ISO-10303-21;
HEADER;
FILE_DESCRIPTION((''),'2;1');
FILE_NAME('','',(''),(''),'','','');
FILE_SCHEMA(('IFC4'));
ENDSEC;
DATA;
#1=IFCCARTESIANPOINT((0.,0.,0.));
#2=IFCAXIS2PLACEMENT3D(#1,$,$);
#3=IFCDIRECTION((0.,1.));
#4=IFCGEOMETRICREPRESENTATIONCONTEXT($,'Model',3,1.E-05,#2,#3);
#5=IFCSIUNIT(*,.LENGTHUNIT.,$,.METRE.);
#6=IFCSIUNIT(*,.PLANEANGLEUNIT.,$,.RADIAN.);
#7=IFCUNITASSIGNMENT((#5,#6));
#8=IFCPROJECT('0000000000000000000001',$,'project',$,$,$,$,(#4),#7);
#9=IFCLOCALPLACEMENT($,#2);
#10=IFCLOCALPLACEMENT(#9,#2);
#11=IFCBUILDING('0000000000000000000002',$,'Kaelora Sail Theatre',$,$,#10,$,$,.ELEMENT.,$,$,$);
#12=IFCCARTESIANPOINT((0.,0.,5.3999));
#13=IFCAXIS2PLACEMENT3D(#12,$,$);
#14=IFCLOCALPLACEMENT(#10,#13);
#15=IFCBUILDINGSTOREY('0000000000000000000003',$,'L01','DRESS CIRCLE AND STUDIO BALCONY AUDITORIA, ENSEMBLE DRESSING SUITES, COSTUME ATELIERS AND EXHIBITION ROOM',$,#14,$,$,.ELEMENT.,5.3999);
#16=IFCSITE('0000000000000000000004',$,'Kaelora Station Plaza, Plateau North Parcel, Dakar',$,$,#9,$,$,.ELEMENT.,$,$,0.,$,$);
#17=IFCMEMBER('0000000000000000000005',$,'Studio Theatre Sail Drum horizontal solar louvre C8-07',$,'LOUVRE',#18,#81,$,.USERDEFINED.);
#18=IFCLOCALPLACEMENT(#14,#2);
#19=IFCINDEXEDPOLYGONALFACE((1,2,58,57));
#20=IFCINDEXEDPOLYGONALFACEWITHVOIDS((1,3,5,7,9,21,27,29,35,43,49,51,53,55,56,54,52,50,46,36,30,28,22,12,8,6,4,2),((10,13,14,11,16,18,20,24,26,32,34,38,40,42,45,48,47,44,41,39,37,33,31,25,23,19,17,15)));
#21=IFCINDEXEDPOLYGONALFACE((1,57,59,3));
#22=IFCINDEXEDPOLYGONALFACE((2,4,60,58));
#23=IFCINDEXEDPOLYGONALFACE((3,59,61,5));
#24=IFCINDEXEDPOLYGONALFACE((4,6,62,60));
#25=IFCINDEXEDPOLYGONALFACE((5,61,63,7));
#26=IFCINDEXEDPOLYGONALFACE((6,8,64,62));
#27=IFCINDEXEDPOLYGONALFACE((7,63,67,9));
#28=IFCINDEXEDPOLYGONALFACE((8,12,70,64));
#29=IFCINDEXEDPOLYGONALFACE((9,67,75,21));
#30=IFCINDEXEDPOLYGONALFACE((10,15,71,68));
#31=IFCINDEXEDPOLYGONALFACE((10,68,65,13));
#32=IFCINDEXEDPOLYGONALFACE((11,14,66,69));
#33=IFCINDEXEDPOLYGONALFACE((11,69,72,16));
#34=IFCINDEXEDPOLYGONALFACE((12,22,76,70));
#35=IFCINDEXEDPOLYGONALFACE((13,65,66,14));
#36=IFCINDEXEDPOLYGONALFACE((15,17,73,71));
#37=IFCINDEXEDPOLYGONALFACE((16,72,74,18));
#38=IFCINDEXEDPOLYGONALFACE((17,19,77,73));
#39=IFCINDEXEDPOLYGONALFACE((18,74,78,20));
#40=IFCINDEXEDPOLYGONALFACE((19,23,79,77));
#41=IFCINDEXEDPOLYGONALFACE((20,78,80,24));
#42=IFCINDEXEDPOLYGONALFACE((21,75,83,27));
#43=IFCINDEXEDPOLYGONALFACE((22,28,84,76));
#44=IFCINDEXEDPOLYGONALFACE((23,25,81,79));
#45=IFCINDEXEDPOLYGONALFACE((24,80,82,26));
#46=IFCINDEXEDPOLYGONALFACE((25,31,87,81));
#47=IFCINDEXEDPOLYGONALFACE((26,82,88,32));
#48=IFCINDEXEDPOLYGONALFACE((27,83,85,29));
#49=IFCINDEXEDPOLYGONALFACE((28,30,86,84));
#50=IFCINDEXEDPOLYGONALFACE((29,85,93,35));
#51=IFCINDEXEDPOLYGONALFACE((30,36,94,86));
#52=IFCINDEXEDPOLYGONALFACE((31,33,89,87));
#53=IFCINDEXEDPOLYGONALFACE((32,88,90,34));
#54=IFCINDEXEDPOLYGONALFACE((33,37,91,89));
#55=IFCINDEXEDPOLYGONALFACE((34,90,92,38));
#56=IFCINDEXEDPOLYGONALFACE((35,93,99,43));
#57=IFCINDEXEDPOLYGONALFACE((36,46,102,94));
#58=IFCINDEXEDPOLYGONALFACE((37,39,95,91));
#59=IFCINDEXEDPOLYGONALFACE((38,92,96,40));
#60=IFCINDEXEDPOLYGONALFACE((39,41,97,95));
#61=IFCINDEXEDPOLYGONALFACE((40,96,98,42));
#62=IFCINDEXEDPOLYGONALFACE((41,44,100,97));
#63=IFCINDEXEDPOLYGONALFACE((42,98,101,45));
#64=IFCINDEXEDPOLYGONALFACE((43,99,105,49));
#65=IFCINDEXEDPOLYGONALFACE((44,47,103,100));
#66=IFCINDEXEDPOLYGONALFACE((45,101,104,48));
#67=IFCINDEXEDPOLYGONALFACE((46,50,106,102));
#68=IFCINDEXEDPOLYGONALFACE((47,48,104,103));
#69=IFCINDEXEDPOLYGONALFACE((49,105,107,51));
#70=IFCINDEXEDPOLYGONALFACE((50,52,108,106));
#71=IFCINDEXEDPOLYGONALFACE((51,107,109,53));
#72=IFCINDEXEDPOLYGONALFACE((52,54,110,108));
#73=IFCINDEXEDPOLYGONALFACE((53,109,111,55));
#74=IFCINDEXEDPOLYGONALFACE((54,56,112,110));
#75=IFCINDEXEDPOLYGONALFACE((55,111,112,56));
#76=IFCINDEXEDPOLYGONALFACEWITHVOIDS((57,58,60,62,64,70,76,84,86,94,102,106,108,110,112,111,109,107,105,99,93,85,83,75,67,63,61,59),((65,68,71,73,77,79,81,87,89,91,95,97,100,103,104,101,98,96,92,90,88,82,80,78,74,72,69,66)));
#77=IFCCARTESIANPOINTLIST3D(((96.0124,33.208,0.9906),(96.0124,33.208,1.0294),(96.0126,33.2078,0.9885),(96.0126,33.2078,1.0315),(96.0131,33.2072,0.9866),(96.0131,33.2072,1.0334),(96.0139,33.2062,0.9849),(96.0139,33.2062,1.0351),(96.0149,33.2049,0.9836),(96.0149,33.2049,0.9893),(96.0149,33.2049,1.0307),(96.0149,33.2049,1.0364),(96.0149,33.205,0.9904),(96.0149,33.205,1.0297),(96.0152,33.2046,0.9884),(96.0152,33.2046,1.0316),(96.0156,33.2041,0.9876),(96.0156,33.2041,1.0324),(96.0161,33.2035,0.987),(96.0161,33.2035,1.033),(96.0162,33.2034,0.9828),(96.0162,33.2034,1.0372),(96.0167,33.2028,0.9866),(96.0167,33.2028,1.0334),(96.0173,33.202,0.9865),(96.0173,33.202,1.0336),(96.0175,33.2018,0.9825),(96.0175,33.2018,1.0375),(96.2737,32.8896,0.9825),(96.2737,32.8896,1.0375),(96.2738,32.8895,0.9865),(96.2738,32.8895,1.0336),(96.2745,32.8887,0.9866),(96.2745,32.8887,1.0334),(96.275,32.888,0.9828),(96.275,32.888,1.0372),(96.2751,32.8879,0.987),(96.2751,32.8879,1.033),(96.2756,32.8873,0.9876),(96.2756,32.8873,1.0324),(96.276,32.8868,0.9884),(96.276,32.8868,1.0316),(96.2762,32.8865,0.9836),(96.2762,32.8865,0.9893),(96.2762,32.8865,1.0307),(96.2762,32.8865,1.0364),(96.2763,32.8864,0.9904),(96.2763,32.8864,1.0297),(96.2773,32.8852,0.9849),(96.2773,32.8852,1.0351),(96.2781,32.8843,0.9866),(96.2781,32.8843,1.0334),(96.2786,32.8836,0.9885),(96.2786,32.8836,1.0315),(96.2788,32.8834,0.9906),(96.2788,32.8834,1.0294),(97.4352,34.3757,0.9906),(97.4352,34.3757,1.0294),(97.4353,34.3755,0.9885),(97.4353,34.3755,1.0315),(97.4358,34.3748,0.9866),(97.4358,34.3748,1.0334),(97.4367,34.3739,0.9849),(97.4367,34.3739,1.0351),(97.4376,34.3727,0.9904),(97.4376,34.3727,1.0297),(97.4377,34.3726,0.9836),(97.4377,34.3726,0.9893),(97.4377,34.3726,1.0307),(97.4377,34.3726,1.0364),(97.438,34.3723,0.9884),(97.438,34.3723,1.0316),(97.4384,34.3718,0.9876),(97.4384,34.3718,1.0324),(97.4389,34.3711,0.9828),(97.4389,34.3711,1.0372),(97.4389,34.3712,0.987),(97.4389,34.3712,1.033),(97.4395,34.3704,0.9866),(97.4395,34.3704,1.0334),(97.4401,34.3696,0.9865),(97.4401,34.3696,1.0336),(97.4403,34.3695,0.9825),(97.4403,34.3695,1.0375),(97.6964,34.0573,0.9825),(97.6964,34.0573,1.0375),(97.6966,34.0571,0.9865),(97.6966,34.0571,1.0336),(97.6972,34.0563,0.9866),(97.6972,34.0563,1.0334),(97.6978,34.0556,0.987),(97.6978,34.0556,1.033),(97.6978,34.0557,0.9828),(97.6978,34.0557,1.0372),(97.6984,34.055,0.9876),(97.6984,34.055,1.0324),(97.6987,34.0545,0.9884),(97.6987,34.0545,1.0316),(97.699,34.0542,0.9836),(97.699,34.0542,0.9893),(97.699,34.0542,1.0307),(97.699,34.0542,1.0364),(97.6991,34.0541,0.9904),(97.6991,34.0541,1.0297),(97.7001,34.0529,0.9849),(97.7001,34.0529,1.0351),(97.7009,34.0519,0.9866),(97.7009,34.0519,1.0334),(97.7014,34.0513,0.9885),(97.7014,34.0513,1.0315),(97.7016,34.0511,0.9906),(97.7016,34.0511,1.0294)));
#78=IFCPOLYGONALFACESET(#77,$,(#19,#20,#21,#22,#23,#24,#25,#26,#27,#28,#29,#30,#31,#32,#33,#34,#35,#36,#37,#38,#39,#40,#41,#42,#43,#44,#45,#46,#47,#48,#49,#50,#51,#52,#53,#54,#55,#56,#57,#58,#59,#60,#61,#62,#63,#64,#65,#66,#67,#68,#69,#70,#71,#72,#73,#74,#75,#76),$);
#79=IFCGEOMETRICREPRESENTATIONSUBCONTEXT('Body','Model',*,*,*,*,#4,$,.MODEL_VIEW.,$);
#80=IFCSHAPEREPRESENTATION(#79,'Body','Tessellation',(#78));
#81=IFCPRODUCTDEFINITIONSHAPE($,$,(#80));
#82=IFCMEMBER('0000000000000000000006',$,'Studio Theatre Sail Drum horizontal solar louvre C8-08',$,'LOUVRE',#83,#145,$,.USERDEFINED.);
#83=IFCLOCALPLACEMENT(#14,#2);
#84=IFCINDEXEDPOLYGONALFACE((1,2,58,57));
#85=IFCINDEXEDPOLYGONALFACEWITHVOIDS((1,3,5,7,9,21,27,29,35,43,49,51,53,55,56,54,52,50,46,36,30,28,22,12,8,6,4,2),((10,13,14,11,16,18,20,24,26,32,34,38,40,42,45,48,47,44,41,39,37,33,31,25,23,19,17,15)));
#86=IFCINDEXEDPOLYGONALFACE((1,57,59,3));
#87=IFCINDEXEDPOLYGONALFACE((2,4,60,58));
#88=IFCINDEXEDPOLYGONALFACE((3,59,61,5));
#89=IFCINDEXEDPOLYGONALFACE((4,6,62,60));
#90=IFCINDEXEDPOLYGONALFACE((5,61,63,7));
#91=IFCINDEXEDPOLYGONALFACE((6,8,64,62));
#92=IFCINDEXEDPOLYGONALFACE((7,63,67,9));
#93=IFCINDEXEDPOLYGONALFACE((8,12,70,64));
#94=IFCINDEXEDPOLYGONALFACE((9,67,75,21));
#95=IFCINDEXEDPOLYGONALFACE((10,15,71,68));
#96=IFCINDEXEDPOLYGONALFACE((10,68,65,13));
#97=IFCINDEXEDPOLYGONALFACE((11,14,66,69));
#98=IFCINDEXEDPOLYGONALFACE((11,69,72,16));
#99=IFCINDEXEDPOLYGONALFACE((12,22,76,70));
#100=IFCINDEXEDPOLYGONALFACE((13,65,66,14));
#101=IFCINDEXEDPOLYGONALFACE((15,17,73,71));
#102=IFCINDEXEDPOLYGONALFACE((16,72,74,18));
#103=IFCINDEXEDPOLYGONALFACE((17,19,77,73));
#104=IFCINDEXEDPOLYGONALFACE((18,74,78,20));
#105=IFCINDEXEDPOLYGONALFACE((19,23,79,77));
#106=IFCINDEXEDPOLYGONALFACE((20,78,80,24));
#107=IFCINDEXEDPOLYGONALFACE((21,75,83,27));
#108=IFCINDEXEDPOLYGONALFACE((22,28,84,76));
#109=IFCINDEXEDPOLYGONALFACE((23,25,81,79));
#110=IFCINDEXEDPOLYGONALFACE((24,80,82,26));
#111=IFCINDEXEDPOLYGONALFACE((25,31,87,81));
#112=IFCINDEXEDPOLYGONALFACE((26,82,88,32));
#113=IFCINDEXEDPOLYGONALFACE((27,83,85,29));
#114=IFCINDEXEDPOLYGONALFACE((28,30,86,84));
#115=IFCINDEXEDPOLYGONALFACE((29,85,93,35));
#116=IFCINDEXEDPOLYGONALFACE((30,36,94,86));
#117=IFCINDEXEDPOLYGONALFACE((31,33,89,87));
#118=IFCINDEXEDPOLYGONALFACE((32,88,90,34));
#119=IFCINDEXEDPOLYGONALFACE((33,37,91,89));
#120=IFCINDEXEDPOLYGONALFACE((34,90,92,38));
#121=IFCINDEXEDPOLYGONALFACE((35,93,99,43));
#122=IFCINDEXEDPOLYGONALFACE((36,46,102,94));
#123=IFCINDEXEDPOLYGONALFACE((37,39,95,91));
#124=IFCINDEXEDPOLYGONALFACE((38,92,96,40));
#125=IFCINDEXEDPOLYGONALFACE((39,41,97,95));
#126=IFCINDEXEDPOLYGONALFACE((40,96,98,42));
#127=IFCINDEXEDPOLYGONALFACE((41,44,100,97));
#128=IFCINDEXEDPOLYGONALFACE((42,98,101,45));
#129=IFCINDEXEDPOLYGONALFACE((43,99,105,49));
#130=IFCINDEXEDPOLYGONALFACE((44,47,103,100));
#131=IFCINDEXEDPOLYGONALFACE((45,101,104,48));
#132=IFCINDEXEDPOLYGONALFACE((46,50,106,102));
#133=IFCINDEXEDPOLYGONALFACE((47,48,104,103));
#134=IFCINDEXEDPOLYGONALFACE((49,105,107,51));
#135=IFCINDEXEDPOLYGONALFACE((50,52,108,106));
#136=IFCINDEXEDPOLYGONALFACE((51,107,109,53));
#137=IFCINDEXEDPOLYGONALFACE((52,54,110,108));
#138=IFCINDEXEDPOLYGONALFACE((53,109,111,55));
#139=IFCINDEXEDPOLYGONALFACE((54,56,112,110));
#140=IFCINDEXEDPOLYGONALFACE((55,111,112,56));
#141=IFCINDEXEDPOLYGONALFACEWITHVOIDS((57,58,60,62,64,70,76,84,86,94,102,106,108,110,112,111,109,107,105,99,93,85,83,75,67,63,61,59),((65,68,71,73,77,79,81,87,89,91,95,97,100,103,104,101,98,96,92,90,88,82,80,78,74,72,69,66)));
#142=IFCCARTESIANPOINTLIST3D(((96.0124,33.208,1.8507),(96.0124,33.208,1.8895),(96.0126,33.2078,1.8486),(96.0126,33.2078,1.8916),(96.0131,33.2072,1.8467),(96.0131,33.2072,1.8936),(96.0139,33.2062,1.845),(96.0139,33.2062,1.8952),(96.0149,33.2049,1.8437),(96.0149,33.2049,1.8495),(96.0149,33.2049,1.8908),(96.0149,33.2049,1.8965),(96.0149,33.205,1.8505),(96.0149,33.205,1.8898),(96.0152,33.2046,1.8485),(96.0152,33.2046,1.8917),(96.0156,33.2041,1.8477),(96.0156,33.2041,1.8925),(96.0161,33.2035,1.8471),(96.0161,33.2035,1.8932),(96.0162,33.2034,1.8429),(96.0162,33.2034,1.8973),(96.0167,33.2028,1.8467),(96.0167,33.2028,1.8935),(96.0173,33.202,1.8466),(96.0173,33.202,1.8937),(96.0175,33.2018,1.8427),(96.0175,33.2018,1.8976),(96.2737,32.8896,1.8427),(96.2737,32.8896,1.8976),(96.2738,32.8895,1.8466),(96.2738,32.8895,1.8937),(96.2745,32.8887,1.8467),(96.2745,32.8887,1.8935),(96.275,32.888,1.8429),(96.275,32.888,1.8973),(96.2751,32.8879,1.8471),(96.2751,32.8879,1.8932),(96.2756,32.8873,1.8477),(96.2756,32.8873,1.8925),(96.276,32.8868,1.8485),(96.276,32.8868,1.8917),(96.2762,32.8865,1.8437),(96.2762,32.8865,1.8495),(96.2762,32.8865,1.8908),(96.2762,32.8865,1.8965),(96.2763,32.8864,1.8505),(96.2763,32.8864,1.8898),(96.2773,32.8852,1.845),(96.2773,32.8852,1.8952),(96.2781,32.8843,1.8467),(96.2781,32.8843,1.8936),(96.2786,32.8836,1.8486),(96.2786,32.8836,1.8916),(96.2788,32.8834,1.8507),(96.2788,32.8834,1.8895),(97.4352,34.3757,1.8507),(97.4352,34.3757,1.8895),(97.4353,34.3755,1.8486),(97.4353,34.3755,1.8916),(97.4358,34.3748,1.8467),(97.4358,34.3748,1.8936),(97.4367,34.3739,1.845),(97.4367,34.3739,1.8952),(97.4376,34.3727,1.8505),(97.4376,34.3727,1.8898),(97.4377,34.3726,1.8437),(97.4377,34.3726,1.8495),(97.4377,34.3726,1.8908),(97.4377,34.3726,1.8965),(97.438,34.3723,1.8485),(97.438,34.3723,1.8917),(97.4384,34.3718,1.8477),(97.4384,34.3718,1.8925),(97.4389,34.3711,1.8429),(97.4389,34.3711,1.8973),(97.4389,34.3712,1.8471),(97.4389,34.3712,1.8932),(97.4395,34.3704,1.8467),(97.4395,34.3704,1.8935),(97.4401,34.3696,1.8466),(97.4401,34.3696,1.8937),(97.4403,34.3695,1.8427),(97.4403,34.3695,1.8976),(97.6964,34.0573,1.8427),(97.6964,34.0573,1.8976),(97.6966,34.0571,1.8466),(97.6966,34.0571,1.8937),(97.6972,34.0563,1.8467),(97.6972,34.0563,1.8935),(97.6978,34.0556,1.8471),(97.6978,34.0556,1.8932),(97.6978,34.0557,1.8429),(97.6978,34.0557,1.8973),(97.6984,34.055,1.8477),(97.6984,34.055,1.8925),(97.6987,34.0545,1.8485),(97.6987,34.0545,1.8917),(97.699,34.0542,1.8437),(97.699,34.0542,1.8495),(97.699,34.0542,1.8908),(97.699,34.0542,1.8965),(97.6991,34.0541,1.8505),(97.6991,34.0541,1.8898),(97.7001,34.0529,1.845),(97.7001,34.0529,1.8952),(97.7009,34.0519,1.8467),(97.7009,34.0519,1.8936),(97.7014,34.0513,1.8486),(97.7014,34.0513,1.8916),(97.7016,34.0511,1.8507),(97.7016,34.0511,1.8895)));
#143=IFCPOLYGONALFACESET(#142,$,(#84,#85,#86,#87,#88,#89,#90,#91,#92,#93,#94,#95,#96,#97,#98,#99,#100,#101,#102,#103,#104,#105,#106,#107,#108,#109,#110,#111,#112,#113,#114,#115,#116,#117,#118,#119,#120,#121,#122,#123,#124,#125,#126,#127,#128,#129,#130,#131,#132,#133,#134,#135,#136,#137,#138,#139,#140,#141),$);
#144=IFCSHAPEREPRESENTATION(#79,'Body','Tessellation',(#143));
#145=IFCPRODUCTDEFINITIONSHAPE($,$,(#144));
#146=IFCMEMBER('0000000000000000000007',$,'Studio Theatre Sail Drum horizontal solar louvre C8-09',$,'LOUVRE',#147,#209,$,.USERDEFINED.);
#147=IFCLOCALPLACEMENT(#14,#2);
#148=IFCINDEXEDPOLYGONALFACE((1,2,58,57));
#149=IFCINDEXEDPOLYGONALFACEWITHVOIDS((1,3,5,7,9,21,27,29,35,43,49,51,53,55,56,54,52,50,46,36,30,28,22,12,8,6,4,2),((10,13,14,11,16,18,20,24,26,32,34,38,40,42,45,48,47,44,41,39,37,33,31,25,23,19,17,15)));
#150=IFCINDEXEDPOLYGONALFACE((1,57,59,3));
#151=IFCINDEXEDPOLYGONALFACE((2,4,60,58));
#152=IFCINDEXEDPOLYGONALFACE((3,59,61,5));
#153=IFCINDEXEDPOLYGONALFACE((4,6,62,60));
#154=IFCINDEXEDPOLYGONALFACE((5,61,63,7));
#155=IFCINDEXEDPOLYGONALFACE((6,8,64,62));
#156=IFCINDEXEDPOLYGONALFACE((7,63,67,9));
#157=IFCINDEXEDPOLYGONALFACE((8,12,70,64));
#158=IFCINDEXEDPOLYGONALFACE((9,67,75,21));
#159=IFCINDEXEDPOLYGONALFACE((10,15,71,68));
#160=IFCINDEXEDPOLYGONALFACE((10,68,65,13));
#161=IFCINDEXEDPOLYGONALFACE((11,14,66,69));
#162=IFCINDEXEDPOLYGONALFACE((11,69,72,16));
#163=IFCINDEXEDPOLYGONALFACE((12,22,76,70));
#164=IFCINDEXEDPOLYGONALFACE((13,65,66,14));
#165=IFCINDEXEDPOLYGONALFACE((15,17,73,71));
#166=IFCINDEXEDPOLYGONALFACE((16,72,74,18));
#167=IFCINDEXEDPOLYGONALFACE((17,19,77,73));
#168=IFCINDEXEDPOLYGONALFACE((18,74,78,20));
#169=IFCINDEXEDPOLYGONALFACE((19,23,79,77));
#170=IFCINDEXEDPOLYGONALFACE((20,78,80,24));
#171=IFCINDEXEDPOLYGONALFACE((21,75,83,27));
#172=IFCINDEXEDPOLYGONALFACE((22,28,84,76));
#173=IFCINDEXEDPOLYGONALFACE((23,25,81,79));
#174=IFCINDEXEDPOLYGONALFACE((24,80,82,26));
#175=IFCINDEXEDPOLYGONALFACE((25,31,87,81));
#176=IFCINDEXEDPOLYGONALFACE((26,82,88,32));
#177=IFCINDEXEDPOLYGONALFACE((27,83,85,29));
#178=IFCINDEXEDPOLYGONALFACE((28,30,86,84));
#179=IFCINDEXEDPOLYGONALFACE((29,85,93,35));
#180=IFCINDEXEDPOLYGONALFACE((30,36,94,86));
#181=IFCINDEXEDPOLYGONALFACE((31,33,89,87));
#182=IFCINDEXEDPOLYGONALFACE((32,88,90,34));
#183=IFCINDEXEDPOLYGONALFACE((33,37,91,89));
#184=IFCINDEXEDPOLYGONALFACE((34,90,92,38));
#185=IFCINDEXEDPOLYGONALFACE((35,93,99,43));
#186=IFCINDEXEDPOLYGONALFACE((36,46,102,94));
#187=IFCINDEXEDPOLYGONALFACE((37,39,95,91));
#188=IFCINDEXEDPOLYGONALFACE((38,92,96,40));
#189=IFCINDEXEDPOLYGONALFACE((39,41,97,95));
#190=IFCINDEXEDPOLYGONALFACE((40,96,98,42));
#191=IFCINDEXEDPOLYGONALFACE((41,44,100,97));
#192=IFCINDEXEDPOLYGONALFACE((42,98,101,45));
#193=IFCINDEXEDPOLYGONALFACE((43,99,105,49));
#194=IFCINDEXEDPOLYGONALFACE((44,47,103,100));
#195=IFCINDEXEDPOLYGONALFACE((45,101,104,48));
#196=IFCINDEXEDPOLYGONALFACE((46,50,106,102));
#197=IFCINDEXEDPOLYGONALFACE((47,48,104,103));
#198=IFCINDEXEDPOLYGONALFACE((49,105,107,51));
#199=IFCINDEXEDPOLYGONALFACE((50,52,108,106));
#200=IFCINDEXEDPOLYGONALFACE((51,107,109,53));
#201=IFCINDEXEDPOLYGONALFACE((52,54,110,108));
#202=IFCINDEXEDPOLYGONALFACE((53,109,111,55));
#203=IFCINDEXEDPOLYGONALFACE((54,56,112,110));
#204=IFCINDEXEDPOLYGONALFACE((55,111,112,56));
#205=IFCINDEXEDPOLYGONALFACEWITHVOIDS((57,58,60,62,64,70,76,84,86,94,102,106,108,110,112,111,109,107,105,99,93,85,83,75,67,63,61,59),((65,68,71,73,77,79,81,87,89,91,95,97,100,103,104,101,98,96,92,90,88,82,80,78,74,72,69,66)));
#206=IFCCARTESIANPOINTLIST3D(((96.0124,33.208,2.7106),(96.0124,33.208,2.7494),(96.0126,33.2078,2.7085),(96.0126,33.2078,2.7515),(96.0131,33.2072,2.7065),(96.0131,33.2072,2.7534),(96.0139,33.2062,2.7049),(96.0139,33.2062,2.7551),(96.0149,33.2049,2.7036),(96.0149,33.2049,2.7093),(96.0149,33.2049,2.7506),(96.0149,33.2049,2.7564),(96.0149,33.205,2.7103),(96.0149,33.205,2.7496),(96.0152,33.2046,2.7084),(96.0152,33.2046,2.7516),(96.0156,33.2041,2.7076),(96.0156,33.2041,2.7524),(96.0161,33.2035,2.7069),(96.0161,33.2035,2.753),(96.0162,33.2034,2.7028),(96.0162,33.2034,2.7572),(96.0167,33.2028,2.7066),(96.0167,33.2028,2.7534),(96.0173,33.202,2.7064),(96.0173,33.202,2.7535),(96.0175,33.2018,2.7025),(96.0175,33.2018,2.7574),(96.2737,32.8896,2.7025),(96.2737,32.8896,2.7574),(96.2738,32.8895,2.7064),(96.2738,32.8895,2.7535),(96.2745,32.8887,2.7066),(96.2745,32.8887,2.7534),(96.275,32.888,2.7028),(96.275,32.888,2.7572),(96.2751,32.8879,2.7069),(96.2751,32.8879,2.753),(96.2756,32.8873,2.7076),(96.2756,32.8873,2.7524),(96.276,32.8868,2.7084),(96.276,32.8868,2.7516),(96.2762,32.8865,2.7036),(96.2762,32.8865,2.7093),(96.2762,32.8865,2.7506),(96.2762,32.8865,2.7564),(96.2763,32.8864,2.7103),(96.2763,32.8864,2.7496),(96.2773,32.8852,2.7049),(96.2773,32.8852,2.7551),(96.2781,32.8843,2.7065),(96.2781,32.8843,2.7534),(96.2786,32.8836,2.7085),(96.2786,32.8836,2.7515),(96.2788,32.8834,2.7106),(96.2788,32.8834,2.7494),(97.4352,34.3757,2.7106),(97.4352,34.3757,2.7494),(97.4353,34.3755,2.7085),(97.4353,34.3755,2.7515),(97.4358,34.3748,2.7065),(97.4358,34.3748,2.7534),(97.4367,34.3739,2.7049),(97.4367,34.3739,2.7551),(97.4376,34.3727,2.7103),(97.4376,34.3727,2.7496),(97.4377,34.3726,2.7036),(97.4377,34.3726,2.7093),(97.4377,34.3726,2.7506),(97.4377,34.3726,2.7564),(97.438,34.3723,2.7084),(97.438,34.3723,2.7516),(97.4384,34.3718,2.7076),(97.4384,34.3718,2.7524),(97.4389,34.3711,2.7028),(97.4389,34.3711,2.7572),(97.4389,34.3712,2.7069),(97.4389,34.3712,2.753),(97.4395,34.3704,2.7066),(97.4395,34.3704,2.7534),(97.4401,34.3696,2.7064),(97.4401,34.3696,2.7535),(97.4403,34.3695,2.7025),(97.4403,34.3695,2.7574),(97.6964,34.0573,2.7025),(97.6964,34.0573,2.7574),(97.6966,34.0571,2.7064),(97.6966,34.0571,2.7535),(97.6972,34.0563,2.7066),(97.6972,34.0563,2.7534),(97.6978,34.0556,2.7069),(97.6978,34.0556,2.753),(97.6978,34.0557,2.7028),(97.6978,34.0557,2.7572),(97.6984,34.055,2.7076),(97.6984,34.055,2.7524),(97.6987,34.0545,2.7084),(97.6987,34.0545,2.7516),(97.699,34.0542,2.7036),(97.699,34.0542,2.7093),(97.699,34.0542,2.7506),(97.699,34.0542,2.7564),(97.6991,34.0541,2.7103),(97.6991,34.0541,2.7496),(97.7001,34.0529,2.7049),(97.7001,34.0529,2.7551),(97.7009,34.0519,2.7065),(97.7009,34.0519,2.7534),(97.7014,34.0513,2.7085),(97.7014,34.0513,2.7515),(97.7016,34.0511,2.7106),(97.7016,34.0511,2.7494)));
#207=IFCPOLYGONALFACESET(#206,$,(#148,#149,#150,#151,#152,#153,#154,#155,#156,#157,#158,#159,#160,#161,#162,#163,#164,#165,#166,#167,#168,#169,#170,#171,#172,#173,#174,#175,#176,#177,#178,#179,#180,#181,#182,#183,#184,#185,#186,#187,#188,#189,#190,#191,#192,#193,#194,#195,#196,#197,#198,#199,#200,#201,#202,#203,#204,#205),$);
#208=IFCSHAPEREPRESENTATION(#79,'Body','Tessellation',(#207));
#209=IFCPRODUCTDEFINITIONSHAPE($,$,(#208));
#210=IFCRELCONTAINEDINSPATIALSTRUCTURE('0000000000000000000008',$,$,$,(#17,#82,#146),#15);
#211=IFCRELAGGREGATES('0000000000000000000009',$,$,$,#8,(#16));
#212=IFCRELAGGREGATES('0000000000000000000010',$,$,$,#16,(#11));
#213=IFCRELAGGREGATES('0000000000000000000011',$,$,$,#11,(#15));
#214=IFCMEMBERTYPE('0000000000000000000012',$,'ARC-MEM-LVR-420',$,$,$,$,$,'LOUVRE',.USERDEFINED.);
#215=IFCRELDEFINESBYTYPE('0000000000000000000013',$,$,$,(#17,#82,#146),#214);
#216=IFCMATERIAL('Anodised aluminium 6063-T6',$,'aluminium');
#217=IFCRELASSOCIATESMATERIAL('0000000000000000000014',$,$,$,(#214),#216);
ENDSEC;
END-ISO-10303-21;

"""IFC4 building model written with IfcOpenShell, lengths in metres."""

from ifc_helpers import new_model, si_unit, direction, frame, origin, origin_2d, place, context, subcontext, project, spatial, hollow_rectangle, extrude, material, material_profile, profile_set, type_object, element, save


model = new_model("IFC4")

# Units and contexts
model_context = context("Model", 3, precision=1e-05, world=origin(), true_north=direction((0.0, 1.0)))
body_context = subcontext(model_context, "Body", "Model", "MODEL_VIEW")
ifc_project = project(units=[si_unit("LENGTHUNIT", "METRE"), si_unit("PLANEANGLEUNIT", "RADIAN")], contexts=[model_context])

# Site, building, storey
site_placement = place(None, origin())
site = spatial("IfcSite", under=ifc_project, at=site_placement, Name="Kaelora Station Plaza, Plateau North Parcel, Dakar", CompositionType="ELEMENT", RefElevation=0.0)
building_placement = place(site_placement, origin())
building = spatial("IfcBuilding", under=site, at=building_placement, Name="Kaelora Sail Theatre", CompositionType="ELEMENT")
storey_placement = place(building_placement, frame((0.0, 0.0, 5.3999)))
storey = spatial("IfcBuildingStorey", under=building, at=storey_placement, Name="L01", Description="DRESS CIRCLE AND STUDIO BALCONY AUDITORIA, ENSEMBLE DRESSING SUITES, COSTUME ATELIERS AND EXHIBITION ROOM", CompositionType="ELEMENT", Elevation=5.3999)

# Members
ifc_material_1 = material(Name="Anodised aluminium 6063-T6", Category="aluminium")
ifc_material_profile_1 = material_profile(ifc_material_1, hollow_rectangle(XDim=0.4199, YDim=0.0549, WallThickness=0.0039, InnerFilletRadius=0.0039, OuterFilletRadius=0.0081, at=origin_2d()), Name="LOUVRE 420x55x4")
ifc_profile_set_1 = profile_set([ifc_material_profile_1], Name="Anodised aluminium 6063-T6")
member_type = type_object("IfcMemberType", Name="ARC-MEM-LVR-420", ElementType="LOUVRE", PredefinedType="USERDEFINED", material=ifc_profile_set_1)
for number, where, z_axis, x_axis, name in (
    (1, (97.5684, 34.2134, 1.01), (-0.773005, -0.6344, 0.0), (0.6344, -0.773005, 0.0), "Studio Theatre Sail Drum horizontal solar louvre C8-07"),
    (2, (97.5684, 34.2134, 1.8701), (-0.773005, -0.6344, 0.0), (0.6344, -0.773005, 0.0), "Studio Theatre Sail Drum horizontal solar louvre C8-08"),
    (3, (97.5684, 34.2134, 2.73), (-0.773005, -0.6344, 0.0), (0.6344, -0.773005, 0.0), "Studio Theatre Sail Drum horizontal solar louvre C8-09"),
):
    element("IfcMember", number, at=place(storey_placement, frame(where, z_axis=z_axis, x_axis=x_axis)), inside=storey, type_object=member_type, Name=name, ObjectType="LOUVRE", PredefinedType="USERDEFINED", context=body_context, shape_type="SweptSolid", body=[
        extrude(hollow_rectangle(XDim=0.4199, YDim=0.0549, WallThickness=0.0039, InnerFilletRadius=0.0039, OuterFilletRadius=0.0081, at=origin_2d()), origin(), (0.0, 0.0, 1.0), 1.8406),
    ])

save(model, "model.ifc")
